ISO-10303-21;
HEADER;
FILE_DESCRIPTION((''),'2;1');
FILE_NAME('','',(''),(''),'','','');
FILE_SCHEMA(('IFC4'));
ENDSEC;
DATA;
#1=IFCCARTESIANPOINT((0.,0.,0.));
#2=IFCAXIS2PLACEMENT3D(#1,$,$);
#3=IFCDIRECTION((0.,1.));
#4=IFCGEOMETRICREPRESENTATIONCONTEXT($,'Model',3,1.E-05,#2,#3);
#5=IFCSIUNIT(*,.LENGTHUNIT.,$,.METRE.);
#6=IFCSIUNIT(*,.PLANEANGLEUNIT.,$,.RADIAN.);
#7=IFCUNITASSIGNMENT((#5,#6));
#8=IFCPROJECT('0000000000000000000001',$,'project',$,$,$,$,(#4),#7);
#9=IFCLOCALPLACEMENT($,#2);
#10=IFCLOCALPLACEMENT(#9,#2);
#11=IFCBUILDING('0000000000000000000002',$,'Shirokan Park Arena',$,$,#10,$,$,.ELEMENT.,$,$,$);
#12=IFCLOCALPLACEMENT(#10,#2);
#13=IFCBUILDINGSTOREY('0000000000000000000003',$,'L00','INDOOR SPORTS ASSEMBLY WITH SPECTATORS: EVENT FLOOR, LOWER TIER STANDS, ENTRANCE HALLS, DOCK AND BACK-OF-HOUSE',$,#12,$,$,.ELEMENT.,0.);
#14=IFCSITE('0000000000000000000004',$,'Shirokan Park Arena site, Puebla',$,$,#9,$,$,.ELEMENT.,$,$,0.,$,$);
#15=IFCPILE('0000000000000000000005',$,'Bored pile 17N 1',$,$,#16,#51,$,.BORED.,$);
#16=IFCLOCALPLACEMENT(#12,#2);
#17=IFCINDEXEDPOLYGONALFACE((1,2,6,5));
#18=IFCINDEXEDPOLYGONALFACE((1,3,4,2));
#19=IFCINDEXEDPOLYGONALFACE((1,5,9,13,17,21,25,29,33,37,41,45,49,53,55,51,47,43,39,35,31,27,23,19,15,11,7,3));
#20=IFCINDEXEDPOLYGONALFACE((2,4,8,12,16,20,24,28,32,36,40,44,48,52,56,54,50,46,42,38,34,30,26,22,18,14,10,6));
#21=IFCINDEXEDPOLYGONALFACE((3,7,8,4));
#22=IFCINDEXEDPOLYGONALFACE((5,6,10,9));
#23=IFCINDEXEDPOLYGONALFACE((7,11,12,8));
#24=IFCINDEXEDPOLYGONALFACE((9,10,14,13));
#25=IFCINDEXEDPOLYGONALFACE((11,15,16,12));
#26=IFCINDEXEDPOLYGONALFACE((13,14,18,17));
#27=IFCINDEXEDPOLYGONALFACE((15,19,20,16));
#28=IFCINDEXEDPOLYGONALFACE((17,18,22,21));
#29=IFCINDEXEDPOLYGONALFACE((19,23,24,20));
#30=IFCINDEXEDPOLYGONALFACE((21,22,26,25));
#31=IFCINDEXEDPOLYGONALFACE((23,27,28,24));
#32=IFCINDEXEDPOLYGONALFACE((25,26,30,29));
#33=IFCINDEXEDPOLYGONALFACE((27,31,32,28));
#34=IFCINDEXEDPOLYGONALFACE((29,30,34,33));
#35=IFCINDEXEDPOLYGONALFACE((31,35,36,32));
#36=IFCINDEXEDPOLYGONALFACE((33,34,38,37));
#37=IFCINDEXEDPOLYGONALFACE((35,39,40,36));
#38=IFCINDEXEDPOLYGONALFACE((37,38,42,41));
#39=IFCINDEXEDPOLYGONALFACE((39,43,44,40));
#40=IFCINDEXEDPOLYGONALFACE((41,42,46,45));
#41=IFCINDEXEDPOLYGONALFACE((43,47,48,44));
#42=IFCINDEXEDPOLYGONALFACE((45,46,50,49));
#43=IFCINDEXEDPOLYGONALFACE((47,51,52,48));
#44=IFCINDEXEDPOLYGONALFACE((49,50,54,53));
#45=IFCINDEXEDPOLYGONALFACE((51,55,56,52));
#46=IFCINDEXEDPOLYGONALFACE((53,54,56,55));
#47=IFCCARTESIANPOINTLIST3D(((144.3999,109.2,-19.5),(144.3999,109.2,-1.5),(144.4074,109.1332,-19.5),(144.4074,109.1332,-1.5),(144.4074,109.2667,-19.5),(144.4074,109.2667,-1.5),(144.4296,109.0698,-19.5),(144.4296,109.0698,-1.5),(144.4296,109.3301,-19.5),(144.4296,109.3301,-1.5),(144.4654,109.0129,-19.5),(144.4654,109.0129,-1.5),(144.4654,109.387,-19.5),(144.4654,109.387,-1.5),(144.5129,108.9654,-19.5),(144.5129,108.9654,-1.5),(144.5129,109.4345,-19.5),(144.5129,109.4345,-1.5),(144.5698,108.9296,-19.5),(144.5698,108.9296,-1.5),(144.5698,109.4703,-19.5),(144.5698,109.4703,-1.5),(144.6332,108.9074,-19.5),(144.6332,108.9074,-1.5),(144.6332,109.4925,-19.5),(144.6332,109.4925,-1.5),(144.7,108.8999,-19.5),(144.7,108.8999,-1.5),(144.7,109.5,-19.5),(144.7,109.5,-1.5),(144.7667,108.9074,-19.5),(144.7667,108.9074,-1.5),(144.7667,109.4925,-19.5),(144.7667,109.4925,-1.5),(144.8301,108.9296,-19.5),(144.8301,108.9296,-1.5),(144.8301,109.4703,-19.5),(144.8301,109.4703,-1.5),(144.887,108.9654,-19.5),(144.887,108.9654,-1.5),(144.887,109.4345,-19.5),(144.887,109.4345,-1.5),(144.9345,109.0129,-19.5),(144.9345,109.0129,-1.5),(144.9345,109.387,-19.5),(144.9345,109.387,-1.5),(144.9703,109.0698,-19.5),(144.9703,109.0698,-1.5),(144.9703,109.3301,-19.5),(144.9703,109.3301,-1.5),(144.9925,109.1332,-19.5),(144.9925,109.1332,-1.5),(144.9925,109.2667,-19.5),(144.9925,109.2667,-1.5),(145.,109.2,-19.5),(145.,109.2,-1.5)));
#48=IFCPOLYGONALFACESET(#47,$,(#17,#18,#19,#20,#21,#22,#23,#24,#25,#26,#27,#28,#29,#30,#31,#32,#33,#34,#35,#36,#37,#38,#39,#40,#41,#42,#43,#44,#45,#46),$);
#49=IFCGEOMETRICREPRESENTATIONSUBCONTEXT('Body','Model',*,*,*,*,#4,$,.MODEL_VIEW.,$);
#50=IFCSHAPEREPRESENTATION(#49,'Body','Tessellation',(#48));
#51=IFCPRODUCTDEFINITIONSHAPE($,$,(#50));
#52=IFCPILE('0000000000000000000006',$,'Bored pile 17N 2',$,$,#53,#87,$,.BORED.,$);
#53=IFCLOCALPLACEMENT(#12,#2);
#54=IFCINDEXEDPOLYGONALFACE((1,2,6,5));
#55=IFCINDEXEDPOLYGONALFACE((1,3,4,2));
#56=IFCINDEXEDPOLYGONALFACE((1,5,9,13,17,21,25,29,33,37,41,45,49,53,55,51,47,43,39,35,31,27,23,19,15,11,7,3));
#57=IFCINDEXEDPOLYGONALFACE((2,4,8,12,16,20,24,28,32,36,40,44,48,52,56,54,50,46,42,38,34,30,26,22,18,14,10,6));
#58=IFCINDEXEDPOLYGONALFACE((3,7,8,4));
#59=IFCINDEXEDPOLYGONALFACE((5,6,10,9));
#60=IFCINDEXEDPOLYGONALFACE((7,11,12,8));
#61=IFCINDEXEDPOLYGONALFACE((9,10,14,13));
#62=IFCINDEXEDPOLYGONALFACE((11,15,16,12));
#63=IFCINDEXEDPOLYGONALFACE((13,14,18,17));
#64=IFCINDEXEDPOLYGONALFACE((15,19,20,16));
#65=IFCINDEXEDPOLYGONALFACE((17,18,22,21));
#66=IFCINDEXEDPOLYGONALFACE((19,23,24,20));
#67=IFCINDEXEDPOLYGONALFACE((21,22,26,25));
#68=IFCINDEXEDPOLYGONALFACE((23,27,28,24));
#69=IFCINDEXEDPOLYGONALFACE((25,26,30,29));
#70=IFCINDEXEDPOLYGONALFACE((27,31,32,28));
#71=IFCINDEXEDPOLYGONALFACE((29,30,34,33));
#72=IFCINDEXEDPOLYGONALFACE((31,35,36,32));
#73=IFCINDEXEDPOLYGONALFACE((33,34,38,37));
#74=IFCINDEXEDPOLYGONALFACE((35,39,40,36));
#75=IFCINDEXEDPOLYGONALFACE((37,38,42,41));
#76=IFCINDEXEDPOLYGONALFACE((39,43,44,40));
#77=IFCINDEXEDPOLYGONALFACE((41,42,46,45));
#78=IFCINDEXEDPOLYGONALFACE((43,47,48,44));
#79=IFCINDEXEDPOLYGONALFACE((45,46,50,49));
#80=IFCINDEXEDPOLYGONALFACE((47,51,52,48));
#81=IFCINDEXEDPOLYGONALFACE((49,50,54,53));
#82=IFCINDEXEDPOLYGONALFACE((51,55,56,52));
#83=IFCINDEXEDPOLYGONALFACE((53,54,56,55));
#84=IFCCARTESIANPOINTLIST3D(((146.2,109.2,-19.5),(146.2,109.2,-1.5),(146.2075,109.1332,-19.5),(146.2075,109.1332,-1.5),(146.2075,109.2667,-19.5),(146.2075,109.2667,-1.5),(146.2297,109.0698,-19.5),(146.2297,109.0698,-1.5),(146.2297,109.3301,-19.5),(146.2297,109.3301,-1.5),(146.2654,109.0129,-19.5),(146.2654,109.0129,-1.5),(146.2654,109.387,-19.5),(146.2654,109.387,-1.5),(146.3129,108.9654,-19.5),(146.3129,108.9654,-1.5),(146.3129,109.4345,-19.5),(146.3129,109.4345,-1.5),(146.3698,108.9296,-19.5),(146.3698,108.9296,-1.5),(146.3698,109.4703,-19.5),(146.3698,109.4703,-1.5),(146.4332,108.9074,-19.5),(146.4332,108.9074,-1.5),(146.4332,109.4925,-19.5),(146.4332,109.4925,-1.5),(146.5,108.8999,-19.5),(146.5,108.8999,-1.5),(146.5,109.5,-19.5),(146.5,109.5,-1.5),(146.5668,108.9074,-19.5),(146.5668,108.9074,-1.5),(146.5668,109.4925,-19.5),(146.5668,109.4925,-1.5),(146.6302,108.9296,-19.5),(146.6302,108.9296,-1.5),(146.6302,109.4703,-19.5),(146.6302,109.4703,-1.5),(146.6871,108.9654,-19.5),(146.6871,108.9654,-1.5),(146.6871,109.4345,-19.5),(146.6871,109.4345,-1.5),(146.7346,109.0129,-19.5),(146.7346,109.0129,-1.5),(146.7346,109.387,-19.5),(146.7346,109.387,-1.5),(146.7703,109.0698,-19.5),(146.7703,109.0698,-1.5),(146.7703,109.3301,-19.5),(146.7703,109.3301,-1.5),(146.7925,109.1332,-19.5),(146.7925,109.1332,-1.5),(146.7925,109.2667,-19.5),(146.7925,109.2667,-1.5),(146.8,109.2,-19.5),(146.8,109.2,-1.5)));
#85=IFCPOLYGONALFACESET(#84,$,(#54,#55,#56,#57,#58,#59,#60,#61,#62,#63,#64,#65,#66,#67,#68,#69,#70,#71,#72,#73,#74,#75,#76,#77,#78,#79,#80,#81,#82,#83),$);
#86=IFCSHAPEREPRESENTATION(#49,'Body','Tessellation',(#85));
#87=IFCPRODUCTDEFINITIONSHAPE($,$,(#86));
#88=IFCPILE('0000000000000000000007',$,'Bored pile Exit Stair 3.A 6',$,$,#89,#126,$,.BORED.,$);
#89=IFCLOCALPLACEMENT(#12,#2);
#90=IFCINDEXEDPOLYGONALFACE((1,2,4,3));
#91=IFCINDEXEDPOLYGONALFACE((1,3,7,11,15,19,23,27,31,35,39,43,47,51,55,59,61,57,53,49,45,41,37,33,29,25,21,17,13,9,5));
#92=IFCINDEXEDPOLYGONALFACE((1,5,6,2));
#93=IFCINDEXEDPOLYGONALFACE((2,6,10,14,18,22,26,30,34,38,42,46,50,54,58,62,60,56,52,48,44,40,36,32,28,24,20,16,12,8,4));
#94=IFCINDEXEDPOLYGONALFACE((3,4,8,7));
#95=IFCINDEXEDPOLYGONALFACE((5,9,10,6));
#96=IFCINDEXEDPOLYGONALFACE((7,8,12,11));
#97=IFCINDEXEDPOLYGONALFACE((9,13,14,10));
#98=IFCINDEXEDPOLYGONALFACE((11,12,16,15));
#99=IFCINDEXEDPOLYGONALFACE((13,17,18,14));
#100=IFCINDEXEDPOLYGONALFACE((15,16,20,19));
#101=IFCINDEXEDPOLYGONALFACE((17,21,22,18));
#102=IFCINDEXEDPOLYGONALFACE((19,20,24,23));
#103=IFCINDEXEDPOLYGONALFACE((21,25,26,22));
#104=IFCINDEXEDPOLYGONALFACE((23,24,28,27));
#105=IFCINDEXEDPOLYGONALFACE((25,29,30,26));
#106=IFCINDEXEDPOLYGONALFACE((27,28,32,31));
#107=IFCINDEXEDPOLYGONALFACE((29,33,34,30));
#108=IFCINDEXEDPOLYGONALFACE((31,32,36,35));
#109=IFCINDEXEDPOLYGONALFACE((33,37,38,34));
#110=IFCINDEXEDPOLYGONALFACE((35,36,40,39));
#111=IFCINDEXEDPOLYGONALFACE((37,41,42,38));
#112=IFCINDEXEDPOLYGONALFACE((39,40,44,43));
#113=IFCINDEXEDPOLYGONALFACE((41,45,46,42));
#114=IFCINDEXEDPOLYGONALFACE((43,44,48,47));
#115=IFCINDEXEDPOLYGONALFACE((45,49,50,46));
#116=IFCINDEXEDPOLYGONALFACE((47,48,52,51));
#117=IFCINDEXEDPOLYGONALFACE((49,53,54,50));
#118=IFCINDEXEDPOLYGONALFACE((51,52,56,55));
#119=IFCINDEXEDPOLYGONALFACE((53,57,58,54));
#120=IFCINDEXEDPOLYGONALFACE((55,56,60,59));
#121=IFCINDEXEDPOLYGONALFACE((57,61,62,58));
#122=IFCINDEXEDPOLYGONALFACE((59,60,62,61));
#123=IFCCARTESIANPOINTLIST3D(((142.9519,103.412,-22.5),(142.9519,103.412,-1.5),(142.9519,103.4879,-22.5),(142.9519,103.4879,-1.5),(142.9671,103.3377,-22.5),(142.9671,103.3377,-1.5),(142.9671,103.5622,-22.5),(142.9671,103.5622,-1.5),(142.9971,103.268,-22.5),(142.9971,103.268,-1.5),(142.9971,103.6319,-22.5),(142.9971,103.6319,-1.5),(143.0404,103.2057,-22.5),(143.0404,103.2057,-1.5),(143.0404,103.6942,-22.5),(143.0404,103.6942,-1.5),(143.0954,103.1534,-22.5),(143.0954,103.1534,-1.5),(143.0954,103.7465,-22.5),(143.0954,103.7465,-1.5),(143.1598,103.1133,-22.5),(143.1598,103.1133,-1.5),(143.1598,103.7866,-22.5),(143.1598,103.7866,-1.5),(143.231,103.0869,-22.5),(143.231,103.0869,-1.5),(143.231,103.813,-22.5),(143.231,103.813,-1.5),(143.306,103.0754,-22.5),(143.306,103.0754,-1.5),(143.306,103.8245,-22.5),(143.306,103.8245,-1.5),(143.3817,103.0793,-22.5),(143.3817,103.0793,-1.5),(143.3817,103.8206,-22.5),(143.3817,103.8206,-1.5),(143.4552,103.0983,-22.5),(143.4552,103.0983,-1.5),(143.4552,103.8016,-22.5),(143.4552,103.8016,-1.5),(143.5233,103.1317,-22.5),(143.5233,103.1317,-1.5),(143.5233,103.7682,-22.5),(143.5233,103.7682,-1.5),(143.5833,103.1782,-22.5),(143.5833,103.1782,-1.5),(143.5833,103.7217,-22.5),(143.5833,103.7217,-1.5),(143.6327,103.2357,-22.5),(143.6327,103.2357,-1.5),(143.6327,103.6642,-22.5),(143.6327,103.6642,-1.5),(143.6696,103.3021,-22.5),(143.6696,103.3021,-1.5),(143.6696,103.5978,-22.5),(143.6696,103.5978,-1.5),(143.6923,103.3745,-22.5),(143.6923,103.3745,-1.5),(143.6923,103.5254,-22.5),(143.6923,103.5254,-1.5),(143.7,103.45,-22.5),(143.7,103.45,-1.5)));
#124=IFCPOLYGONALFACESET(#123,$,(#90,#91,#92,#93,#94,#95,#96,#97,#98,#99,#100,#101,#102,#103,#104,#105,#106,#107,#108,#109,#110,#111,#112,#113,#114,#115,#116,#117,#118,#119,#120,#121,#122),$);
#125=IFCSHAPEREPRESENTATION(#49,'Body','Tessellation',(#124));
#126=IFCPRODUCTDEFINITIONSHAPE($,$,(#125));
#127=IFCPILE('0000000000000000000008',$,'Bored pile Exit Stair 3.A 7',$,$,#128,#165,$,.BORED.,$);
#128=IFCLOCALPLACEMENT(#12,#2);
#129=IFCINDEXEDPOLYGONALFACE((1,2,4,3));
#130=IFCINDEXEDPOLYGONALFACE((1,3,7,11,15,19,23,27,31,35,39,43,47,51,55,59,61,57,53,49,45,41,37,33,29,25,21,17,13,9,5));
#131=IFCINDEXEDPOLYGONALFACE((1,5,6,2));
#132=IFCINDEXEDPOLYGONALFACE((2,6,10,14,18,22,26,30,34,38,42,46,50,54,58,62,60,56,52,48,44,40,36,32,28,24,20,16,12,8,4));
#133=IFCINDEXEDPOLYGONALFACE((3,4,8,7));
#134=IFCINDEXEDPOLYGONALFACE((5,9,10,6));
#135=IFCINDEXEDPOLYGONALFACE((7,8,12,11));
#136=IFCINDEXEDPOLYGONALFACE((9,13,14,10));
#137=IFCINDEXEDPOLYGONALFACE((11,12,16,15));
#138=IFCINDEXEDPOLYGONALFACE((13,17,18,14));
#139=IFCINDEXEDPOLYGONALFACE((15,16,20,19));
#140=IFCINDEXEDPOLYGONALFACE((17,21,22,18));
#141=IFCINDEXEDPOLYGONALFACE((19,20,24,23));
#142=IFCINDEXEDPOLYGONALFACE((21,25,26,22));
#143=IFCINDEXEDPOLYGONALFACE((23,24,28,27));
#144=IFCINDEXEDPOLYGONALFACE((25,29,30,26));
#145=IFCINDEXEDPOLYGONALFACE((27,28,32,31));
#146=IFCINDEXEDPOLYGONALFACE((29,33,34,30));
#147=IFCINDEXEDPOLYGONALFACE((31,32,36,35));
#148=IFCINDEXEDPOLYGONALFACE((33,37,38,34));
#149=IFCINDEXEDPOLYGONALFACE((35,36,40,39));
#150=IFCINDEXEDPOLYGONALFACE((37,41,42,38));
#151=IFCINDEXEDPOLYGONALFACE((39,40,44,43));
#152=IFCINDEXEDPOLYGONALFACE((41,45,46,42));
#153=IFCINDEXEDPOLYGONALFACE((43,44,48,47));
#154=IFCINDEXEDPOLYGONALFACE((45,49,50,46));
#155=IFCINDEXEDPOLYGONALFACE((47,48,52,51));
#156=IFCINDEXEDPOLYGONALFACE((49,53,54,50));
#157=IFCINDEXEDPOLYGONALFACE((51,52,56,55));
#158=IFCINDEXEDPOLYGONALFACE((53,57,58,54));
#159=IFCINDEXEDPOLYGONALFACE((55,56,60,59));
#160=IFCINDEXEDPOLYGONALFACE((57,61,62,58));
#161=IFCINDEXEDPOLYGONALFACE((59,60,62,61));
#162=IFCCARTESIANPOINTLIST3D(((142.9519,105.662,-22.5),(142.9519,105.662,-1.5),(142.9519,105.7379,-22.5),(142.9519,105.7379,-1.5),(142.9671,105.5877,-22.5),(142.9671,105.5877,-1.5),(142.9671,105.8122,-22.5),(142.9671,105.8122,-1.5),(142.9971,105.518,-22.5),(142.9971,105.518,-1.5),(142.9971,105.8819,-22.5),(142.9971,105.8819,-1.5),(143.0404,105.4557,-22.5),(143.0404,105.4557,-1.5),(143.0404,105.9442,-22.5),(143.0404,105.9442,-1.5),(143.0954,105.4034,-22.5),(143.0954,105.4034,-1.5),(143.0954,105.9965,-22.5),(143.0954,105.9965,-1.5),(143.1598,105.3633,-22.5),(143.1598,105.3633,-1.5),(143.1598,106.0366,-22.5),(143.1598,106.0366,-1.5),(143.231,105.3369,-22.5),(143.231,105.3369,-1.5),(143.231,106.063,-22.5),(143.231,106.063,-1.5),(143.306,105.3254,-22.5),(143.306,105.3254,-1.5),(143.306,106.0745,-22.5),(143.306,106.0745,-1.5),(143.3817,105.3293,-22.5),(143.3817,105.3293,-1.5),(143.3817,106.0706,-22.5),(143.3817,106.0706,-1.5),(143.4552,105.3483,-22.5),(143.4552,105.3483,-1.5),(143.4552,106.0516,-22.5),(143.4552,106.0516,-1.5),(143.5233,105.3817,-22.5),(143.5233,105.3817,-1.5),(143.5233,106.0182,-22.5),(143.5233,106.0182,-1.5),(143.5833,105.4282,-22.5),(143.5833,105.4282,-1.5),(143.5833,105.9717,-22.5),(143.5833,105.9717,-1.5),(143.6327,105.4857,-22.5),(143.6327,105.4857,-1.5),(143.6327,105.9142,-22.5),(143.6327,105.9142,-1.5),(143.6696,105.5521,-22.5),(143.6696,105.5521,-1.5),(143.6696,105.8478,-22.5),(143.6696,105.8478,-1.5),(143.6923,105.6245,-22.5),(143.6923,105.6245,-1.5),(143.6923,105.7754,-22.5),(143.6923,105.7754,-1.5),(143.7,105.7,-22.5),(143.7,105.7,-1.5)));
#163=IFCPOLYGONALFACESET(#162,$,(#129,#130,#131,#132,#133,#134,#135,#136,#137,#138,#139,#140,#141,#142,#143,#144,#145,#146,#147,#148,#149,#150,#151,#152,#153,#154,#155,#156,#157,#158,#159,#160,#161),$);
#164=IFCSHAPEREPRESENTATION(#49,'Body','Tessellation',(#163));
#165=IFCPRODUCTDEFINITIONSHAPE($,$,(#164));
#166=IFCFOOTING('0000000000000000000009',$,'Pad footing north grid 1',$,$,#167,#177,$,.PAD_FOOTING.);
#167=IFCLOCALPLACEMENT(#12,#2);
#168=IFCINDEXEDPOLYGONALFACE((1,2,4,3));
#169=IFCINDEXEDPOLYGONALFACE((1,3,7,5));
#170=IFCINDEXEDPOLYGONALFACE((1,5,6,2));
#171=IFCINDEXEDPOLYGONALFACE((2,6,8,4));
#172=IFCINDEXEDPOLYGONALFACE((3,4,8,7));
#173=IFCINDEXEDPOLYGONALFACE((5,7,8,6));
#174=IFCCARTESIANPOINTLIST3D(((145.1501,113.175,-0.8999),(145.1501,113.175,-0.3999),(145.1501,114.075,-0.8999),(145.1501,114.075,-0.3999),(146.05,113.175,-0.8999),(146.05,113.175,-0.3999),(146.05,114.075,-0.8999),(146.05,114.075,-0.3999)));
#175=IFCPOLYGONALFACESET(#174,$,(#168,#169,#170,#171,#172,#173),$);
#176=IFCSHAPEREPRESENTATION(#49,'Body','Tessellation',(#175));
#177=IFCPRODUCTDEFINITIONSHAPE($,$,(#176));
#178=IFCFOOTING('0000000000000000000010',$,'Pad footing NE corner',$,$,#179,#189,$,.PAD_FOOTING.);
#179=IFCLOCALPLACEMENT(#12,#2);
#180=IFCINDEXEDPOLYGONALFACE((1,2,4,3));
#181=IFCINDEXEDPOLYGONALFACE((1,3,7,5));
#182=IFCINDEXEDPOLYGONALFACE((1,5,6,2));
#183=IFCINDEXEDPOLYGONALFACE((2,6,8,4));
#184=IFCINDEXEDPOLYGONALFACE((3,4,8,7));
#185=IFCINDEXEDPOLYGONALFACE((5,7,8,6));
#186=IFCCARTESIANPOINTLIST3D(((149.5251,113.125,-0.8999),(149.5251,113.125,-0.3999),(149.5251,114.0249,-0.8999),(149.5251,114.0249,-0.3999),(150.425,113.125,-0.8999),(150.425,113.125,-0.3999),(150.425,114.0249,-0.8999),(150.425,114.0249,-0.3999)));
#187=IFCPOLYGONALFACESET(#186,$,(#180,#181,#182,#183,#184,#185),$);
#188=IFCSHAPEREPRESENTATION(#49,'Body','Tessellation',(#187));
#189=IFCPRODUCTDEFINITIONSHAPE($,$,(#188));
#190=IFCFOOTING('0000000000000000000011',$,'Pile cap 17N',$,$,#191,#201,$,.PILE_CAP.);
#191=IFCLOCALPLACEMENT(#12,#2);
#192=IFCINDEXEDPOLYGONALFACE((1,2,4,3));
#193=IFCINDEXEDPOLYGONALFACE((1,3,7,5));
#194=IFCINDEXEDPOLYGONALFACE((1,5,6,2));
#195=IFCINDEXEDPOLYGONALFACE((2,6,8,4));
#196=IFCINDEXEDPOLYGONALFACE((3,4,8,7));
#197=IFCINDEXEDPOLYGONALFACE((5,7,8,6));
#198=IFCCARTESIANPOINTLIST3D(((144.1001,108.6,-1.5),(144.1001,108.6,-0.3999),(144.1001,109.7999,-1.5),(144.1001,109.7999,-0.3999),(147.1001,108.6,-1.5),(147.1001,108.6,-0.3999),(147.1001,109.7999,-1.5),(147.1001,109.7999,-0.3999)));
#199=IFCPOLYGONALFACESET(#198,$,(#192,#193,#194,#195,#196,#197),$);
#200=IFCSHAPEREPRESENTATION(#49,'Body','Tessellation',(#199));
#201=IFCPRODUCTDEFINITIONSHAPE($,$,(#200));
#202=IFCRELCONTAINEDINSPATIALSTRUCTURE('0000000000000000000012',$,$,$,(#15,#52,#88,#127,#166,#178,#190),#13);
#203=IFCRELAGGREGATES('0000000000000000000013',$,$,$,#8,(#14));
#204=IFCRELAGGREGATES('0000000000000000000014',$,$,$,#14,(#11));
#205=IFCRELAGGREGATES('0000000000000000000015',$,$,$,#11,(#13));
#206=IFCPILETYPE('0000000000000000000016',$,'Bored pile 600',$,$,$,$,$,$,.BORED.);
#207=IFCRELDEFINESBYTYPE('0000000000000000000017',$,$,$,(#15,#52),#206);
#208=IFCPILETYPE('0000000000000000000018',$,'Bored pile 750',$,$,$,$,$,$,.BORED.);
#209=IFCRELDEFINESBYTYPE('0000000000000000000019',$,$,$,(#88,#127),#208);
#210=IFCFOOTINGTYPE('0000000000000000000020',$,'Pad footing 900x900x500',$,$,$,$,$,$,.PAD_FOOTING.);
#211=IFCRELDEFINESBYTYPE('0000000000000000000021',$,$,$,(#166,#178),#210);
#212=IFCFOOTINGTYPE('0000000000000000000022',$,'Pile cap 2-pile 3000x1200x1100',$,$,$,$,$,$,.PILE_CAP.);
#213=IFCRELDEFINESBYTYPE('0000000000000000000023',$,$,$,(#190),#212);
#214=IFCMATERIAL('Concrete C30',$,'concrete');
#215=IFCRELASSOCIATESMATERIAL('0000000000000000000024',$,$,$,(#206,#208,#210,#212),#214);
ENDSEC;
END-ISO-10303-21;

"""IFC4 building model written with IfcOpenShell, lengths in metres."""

from ifc_helpers import new_model, si_unit, direction, frame, origin, origin_2d, place, context, subcontext, project, spatial, rectangle, circle, extrude, material, material_profile, profile_set, type_object, element, save


model = new_model("IFC4")

# Units and contexts
model_context = context("Model", 3, precision=1e-05, world=origin(), true_north=direction((0.0, 1.0)))
body_context = subcontext(model_context, "Body", "Model", "MODEL_VIEW")
ifc_project = project(units=[si_unit("LENGTHUNIT", "METRE"), si_unit("PLANEANGLEUNIT", "RADIAN")], contexts=[model_context])

# Site, building, storey
site_placement = place(None, origin())
site = spatial("IfcSite", under=ifc_project, at=site_placement, Name="Shirokan Park Arena site, Puebla", CompositionType="ELEMENT", RefElevation=0.0)
building_placement = place(site_placement, origin())
building = spatial("IfcBuilding", under=site, at=building_placement, Name="Shirokan Park Arena", CompositionType="ELEMENT")
storey_placement = place(building_placement, origin())
storey = spatial("IfcBuildingStorey", under=building, at=storey_placement, Name="L00", Description="INDOOR SPORTS ASSEMBLY WITH SPECTATORS: EVENT FLOOR, LOWER TIER STANDS, ENTRANCE HALLS, DOCK AND BACK-OF-HOUSE", CompositionType="ELEMENT", Elevation=0.0)

# Piles
ifc_material_1 = material(Name="Concrete C30", Category="concrete")
ifc_material_profile_1 = material_profile(ifc_material_1, circle(Radius=0.3, at=origin_2d()), Name="D600")
ifc_profile_set_1 = profile_set([ifc_material_profile_1], Name="Concrete C30")
pile_type_1 = type_object("IfcPileType", Name="Bored pile 600", PredefinedType="BORED", material=ifc_profile_set_1)
for number, where, z_axis, x_axis, name in (
    (1, (144.7, 109.2, -1.5), (0.0, 0.0, -1.0), (1.0, 0.0, 0.0), "Bored pile 17N 1"),
    (2, (146.5, 109.2, -1.5), (0.0, 0.0, -1.0), (1.0, 0.0, 0.0), "Bored pile 17N 2"),
):
    element("IfcPile", number, at=place(storey_placement, frame(where, z_axis=z_axis, x_axis=x_axis)), inside=storey, type_object=pile_type_1, Name=name, PredefinedType="BORED", context=body_context, shape_type="SweptSolid", body=[
        extrude(circle(Radius=0.3, at=origin_2d()), origin(), (0.0, 0.0, 1.0), 18.0),
    ])
ifc_material_profile_2 = material_profile(ifc_material_1, circle(Radius=0.375, at=origin_2d()), Name="D750")
ifc_profile_set_2 = profile_set([ifc_material_profile_2], Name="Concrete C30")
pile_type_2 = type_object("IfcPileType", Name="Bored pile 750", PredefinedType="BORED", material=ifc_profile_set_2)
for number, where, z_axis, x_axis, name in (
    (3, (143.325, 103.45, -1.5), (0.0, 0.0, -1.0), (1.0, 0.0, 0.0), "Bored pile Exit Stair 3.A 6"),
    (4, (143.325, 105.7, -1.5), (0.0, 0.0, -1.0), (1.0, 0.0, 0.0), "Bored pile Exit Stair 3.A 7"),
):
    element("IfcPile", number, at=place(storey_placement, frame(where, z_axis=z_axis, x_axis=x_axis)), inside=storey, type_object=pile_type_2, Name=name, PredefinedType="BORED", context=body_context, shape_type="SweptSolid", body=[
        extrude(circle(Radius=0.375, at=origin_2d()), origin(), (0.0, 0.0, 1.0), 21.0),
    ])

# Footings
footing_type_1 = type_object("IfcFootingType", Name="Pad footing 900x900x500", PredefinedType="PAD_FOOTING", material=ifc_material_1)
for number, where, z_axis, x_axis, name in (
    (5, (145.6001, 113.625, -0.8999), (0.0, 0.0, 1.0), (1.0, 0.0, 0.0), "Pad footing north grid 1"),
    (6, (149.9751, 113.575, -0.8999), (0.0, 0.0, 1.0), (1.0, 0.0, 0.0), "Pad footing NE corner"),
):
    element("IfcFooting", number, at=place(storey_placement, frame(where, z_axis=z_axis, x_axis=x_axis)), inside=storey, type_object=footing_type_1, Name=name, PredefinedType="PAD_FOOTING", context=body_context, shape_type="SweptSolid", body=[
        extrude(rectangle(XDim=0.8999, YDim=0.8999, at=origin_2d()), origin(), (0.0, 0.0, 1.0), 0.5),
    ])
footing_type_2 = type_object("IfcFootingType", Name="Pile cap 2-pile 3000x1200x1100", PredefinedType="PILE_CAP", material=ifc_material_1)
footing_placement = place(storey_placement, frame((145.6001, 109.2, -1.5), z_axis=(0.0, 0.0, 1.0), x_axis=(1.0, 0.0, 0.0)))
element("IfcFooting", 7, at=footing_placement, inside=storey, type_object=footing_type_2, Name="Pile cap 17N", PredefinedType="PILE_CAP", context=body_context, shape_type="SweptSolid", body=[
    extrude(rectangle(XDim=3.0, YDim=1.2, at=origin_2d()), origin(), (0.0, 0.0, 1.0), 1.1001),
])

save(model, "model.ifc")
